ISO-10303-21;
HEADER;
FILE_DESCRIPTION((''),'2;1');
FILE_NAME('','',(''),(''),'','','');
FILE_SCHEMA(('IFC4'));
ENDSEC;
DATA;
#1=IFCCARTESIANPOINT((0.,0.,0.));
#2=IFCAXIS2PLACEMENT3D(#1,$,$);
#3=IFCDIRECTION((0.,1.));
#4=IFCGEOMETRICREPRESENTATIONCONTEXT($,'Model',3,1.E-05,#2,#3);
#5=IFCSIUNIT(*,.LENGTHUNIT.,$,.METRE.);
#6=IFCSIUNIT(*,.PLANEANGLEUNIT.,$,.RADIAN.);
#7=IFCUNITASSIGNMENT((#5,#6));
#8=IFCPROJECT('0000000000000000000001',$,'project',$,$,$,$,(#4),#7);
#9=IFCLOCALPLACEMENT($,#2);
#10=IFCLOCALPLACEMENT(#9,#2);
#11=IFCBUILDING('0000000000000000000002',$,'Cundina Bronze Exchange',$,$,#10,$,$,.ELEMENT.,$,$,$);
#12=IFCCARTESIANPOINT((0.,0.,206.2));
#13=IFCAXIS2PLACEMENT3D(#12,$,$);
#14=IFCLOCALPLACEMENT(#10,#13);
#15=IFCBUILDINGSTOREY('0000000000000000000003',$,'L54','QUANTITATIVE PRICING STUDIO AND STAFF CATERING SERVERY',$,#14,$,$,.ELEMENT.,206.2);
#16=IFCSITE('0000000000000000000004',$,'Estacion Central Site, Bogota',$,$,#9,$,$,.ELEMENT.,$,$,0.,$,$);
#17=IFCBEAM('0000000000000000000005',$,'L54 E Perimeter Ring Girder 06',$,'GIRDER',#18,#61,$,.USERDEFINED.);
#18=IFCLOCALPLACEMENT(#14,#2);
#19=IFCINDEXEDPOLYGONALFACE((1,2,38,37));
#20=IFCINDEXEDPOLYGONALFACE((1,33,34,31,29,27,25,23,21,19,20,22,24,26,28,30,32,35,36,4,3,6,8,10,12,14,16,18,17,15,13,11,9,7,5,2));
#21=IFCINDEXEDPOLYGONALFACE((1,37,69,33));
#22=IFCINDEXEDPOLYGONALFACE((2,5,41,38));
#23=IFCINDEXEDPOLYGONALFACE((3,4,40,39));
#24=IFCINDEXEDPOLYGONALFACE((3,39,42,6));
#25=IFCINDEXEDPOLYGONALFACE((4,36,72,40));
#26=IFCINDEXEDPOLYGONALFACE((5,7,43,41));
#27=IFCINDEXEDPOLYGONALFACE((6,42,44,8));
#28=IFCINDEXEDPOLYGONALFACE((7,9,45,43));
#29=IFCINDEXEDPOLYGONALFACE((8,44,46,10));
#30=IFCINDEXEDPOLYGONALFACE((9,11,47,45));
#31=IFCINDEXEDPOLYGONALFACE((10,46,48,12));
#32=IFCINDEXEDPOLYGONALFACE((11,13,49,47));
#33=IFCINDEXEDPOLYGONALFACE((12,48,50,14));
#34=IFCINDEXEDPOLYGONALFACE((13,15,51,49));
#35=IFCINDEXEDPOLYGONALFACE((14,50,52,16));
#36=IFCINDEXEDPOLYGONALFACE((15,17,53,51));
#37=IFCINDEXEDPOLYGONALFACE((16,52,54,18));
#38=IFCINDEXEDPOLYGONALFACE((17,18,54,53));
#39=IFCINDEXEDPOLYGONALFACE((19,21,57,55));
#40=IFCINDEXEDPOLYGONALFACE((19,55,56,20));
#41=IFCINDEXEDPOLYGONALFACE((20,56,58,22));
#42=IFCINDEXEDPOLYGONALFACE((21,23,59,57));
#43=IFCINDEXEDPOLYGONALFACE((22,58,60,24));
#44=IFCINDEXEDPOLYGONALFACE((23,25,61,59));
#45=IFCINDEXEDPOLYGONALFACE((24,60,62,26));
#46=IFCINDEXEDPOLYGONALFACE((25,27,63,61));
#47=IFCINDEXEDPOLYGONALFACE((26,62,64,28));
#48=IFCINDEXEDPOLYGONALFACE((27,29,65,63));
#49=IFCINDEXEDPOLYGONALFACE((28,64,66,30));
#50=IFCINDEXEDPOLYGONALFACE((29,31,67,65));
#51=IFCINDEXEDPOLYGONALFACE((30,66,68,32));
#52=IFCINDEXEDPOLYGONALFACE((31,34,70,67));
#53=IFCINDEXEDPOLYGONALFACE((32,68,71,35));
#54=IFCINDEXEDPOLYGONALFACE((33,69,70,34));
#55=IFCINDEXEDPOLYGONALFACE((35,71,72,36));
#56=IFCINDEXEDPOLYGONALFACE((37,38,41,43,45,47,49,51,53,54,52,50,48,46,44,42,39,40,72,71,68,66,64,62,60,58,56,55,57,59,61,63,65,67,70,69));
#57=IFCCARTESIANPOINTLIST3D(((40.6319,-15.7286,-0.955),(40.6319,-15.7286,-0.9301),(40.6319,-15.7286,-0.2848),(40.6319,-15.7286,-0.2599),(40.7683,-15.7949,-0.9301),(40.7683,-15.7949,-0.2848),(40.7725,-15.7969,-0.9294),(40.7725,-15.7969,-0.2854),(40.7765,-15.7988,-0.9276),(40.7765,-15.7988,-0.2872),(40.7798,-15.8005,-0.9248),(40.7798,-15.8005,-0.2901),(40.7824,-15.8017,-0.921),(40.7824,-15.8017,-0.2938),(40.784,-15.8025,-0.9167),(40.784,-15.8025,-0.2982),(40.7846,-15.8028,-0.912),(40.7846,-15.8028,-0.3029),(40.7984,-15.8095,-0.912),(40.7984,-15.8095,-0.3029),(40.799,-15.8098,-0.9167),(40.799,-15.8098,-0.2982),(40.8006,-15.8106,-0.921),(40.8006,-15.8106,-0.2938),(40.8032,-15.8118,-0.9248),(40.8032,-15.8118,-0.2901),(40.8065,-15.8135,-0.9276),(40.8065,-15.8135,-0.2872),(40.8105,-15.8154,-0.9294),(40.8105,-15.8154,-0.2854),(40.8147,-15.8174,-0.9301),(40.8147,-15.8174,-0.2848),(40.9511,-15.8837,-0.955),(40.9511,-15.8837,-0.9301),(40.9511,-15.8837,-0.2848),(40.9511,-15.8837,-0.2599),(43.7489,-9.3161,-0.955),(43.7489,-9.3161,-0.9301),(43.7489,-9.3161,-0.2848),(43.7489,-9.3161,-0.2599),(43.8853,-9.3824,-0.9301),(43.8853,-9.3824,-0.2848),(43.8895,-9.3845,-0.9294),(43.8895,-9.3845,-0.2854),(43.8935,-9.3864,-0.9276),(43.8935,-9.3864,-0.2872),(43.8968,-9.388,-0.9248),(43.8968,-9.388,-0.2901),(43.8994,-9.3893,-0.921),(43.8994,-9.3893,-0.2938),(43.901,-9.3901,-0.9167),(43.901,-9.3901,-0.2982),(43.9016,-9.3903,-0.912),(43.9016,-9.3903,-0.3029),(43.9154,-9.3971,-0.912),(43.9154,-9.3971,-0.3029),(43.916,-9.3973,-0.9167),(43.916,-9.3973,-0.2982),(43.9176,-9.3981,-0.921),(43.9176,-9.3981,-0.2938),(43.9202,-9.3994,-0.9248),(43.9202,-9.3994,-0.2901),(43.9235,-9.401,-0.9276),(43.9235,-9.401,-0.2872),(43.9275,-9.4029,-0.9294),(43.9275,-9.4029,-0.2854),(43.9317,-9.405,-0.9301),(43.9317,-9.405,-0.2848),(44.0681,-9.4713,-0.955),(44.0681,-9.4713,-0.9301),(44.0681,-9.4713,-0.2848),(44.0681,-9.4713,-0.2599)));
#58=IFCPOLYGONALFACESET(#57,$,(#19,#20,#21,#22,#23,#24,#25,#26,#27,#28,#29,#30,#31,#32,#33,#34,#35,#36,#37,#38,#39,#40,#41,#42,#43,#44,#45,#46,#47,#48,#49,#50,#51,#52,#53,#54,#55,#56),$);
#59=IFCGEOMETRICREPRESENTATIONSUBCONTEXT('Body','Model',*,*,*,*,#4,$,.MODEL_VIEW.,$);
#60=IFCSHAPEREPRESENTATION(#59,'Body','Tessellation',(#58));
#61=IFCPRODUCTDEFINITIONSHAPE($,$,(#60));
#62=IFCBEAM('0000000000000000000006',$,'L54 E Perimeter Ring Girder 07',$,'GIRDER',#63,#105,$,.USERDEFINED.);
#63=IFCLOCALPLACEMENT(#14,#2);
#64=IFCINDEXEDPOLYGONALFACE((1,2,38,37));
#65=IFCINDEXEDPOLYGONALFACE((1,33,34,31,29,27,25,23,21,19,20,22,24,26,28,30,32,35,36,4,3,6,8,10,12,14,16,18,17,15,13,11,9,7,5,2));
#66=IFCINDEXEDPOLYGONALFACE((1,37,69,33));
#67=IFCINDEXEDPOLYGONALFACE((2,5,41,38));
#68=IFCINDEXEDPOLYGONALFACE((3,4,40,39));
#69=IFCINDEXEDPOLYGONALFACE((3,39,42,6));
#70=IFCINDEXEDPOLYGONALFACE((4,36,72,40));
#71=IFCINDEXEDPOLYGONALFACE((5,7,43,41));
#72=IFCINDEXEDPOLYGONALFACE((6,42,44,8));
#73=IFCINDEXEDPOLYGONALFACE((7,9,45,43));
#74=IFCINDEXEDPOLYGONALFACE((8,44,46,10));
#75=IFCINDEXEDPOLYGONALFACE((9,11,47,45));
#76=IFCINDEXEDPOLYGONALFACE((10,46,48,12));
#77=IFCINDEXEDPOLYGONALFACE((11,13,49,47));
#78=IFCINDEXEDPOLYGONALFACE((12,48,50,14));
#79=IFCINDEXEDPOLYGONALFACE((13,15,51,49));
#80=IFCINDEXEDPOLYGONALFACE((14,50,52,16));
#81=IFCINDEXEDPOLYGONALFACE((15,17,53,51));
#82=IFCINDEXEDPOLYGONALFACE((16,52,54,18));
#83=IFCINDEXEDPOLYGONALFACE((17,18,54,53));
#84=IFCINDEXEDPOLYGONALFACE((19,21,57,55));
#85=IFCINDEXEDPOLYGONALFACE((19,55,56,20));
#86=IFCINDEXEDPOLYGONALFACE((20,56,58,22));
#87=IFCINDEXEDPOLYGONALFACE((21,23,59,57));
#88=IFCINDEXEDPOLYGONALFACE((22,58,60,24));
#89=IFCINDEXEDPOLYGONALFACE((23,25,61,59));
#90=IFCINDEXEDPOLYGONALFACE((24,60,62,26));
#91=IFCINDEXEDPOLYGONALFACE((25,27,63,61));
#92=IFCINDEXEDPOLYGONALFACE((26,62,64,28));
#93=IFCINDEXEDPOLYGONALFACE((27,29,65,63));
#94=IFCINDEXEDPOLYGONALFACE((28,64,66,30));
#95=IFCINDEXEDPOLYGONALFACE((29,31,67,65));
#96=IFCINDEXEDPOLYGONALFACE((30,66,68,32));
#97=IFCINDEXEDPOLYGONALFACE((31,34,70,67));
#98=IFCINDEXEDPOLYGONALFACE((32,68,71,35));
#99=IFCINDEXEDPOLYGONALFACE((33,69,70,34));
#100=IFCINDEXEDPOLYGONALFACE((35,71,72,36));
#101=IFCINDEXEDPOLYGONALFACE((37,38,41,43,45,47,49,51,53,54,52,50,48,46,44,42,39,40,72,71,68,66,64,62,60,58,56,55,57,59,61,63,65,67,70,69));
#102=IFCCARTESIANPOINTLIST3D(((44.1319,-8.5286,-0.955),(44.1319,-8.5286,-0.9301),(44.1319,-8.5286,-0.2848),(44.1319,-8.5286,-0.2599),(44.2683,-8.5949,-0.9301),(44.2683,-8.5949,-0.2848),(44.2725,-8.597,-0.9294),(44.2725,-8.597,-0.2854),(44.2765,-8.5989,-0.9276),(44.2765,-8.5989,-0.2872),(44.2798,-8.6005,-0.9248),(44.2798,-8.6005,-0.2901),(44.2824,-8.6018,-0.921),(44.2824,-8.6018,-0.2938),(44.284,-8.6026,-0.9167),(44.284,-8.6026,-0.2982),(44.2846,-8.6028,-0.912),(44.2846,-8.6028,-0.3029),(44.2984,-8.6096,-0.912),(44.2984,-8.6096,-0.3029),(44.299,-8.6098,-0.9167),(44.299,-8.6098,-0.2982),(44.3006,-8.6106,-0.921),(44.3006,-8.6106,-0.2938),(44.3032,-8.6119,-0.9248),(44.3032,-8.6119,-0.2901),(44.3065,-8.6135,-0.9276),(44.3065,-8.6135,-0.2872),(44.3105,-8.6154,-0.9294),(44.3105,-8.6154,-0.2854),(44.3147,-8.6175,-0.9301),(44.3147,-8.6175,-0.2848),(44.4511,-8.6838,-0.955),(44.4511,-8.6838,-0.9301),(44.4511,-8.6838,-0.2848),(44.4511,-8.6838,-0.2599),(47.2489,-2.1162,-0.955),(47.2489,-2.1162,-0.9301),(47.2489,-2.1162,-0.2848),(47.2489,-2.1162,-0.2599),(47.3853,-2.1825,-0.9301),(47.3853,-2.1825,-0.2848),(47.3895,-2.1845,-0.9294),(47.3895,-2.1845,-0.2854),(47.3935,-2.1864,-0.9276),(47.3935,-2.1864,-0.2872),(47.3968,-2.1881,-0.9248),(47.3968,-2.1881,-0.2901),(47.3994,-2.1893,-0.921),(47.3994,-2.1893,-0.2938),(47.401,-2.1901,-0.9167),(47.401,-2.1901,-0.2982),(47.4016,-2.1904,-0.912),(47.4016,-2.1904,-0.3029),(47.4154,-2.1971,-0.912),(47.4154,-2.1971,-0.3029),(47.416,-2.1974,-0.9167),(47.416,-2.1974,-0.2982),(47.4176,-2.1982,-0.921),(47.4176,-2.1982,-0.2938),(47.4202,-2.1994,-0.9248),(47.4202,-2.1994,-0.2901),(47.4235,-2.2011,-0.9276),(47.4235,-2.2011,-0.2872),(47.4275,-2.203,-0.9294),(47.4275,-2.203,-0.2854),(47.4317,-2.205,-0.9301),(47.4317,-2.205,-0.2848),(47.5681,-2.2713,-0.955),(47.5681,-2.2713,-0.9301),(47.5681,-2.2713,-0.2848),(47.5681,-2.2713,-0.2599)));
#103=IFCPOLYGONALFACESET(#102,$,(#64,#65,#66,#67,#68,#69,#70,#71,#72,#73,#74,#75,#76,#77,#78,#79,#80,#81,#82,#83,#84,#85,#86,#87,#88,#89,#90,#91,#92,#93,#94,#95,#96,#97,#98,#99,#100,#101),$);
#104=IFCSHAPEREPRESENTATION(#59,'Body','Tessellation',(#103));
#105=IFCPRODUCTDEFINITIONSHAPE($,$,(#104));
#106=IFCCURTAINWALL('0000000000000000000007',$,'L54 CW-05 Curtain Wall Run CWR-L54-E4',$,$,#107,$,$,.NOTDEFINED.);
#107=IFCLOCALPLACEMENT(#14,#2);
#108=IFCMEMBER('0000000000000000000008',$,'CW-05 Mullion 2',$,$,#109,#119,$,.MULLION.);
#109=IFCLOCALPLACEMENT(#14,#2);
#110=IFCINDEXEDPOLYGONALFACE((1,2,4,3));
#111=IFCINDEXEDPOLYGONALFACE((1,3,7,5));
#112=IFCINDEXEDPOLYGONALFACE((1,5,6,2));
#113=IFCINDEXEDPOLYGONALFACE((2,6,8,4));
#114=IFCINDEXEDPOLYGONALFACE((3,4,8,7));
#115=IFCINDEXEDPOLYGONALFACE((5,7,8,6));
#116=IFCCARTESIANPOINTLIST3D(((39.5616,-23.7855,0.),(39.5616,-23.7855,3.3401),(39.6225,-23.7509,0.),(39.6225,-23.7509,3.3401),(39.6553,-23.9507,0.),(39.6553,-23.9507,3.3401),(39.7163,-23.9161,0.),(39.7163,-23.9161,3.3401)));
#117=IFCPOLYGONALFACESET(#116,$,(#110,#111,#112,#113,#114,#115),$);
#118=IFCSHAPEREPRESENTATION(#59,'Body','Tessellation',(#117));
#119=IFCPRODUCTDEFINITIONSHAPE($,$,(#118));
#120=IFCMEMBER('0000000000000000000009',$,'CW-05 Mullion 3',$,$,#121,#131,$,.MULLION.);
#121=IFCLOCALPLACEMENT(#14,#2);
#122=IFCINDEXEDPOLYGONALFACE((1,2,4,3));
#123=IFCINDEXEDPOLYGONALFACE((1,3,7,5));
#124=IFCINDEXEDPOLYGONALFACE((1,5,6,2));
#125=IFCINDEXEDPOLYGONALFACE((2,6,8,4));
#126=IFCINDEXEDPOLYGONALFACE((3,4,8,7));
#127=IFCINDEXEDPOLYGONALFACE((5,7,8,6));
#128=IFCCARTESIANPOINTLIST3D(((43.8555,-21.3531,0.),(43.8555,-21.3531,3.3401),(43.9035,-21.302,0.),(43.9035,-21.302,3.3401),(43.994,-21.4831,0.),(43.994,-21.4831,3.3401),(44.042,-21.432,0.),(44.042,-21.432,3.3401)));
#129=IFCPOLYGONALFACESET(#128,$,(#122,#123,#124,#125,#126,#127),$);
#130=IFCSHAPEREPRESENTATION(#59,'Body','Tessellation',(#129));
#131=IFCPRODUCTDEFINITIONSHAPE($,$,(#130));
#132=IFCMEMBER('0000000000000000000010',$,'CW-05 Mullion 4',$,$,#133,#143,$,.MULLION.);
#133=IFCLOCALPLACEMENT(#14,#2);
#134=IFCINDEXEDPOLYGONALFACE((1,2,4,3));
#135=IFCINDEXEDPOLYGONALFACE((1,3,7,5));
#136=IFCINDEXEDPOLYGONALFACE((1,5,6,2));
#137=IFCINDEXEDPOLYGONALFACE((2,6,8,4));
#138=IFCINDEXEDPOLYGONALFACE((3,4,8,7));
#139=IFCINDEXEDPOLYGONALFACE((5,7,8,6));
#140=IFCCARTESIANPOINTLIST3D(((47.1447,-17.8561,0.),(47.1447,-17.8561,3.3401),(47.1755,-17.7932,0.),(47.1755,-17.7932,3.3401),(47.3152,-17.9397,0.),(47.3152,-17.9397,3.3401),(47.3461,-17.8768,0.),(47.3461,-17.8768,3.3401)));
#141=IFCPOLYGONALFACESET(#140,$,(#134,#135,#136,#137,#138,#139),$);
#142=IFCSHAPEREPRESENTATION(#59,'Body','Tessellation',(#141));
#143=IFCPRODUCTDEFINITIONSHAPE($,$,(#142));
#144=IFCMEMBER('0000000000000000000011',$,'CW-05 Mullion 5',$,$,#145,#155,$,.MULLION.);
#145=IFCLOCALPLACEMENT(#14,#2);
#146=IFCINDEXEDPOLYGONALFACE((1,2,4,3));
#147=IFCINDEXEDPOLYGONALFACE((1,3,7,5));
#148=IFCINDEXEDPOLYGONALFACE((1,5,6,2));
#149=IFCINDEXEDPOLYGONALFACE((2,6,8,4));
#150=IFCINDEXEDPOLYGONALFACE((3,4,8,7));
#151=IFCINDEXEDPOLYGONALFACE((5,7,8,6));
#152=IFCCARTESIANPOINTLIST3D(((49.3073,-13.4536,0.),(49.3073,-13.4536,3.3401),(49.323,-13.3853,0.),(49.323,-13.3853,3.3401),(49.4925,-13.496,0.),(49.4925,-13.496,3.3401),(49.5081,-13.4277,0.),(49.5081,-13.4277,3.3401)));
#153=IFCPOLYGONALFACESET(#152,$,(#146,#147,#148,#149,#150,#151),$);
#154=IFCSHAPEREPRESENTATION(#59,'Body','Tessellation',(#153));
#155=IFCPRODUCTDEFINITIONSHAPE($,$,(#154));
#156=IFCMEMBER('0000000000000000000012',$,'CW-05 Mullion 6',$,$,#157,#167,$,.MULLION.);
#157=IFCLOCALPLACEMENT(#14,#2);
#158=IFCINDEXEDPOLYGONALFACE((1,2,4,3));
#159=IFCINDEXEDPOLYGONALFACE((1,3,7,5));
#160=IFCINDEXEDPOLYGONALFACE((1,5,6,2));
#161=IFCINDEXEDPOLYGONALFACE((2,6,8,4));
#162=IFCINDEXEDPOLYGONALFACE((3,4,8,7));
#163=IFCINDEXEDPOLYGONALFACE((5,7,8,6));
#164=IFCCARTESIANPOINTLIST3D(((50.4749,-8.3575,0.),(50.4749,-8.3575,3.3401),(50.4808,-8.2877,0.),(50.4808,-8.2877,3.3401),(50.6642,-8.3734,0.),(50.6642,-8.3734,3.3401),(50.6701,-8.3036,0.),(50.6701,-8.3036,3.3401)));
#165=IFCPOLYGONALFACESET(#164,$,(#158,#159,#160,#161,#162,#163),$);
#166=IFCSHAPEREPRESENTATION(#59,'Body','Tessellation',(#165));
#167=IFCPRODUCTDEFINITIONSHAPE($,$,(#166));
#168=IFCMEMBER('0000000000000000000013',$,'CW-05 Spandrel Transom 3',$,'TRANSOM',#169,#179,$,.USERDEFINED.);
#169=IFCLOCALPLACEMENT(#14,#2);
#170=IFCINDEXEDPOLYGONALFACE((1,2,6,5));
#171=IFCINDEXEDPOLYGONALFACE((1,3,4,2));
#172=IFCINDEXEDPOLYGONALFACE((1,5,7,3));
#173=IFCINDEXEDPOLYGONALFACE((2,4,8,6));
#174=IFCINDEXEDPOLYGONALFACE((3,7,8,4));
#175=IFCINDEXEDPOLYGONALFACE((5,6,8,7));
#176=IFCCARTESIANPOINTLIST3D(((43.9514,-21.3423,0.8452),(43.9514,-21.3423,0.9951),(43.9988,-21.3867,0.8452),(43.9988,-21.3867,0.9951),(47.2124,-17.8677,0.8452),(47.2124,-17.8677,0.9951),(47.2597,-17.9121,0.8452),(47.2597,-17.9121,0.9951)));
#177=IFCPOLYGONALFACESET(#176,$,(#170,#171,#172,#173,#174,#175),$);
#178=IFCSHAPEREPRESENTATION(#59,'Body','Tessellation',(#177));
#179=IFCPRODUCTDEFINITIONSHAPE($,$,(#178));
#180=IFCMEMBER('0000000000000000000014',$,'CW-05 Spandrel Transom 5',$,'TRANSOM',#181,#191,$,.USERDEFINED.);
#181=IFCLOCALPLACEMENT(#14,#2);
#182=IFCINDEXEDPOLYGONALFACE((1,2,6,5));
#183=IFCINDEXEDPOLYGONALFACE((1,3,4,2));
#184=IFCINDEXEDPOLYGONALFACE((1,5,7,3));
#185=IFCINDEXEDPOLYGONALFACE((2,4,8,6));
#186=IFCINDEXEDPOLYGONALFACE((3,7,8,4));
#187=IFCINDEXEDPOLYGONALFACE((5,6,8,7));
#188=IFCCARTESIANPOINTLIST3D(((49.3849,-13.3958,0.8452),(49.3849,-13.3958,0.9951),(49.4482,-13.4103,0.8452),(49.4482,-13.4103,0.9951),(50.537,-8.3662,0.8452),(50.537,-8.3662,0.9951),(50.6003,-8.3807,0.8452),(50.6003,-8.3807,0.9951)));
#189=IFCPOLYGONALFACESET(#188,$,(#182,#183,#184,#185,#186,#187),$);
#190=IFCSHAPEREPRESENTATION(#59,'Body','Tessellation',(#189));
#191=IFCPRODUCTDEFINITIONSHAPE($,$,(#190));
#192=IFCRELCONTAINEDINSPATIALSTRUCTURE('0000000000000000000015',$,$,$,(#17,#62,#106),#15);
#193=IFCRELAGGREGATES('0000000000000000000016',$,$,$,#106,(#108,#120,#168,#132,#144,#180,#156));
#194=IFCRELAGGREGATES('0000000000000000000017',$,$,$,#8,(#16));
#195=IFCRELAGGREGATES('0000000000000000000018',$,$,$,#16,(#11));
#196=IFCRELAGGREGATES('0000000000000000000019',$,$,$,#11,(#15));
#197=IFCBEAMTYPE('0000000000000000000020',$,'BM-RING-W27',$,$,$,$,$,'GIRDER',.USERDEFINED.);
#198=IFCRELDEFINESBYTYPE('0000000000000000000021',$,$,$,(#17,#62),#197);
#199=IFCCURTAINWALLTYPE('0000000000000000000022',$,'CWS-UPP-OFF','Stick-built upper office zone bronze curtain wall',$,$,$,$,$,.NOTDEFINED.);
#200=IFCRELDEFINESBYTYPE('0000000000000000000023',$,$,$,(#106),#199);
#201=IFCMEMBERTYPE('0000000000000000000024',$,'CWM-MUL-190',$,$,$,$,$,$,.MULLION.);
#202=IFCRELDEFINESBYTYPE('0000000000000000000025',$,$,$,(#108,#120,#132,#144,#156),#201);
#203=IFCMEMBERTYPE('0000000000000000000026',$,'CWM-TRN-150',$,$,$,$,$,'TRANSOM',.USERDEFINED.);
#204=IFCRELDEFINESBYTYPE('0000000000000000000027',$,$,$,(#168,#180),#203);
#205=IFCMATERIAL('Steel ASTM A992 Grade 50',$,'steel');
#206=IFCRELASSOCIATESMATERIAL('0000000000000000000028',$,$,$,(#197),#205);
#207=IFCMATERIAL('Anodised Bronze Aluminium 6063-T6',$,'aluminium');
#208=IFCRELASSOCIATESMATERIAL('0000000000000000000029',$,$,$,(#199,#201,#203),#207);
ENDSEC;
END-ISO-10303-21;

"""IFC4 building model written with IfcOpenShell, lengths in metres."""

from ifc_helpers import new_model, si_unit, direction, frame, origin, origin_2d, place, context, subcontext, project, spatial, rectangle, i_section, extrude, material, material_profile, profile_set, type_object, element, aggregate, save


model = new_model("IFC4")

# Units and contexts
model_context = context("Model", 3, precision=1e-05, world=origin(), true_north=direction((0.0, 1.0)))
body_context = subcontext(model_context, "Body", "Model", "MODEL_VIEW")
ifc_project = project(units=[si_unit("LENGTHUNIT", "METRE"), si_unit("PLANEANGLEUNIT", "RADIAN")], contexts=[model_context])

# Site, building, storey
site_placement = place(None, origin())
site = spatial("IfcSite", under=ifc_project, at=site_placement, Name="Estacion Central Site, Bogota", CompositionType="ELEMENT", RefElevation=0.0)
building_placement = place(site_placement, origin())
building = spatial("IfcBuilding", under=site, at=building_placement, Name="Cundina Bronze Exchange", CompositionType="ELEMENT")
storey_placement = place(building_placement, frame((0.0, 0.0, 206.2)))
storey = spatial("IfcBuildingStorey", under=building, at=storey_placement, Name="L54", Description="QUANTITATIVE PRICING STUDIO AND STAFF CATERING SERVERY", CompositionType="ELEMENT", Elevation=206.2)

# Beams
ifc_material_1 = material(Name="Steel ASTM A992 Grade 50", Category="steel")
ifc_material_profile_1 = material_profile(ifc_material_1, i_section(OverallWidth=0.355, OverallDepth=0.6951, WebThickness=0.0154, FlangeThickness=0.0249, FilletRadius=0.0181, at=origin_2d()), Name="W27X146", Category="steel")
ifc_profile_set_1 = profile_set([ifc_material_profile_1], Name="Steel ASTM A992 Grade 50")
beam_type_1 = type_object("IfcBeamType", Name="BM-RING-W27", ElementType="GIRDER", PredefinedType="USERDEFINED", material=ifc_profile_set_1)
for number, where, z_axis, x_axis, name in (
    (1, (40.7915, -15.8062, -0.6074), (0.437173, 0.899377, 0.0), (-0.899377, 0.437173, 0.0), "L54 E Perimeter Ring Girder 06"),
    (2, (44.2915, -8.6062, -0.6074), (0.437173, 0.899377, 0.0), (-0.899377, 0.437173, 0.0), "L54 E Perimeter Ring Girder 07"),
):
    element("IfcBeam", number, at=place(storey_placement, frame(where, z_axis=z_axis, x_axis=x_axis)), inside=storey, type_object=beam_type_1, Name=name, ObjectType="GIRDER", PredefinedType="USERDEFINED", context=body_context, shape_type="SweptSolid", body=[
        extrude(i_section(OverallWidth=0.355, OverallDepth=0.6951, WebThickness=0.0154, FlangeThickness=0.0249, FilletRadius=0.0181, at=origin_2d()), origin(), (0.0, 0.0, 1.0), 7.1299),
    ])

# Curtain wall, members
ifc_material_2 = material(Name="Anodised Bronze Aluminium 6063-T6", Category="aluminium")
curtain_wall_type = type_object("IfcCurtainWallType", Name="CWS-UPP-OFF", Description="Stick-built upper office zone bronze curtain wall", PredefinedType="NOTDEFINED", material=ifc_material_2)
curtain_wall_placement = place(storey_placement, origin())
curtain_wall = element("IfcCurtainWall", 3, at=curtain_wall_placement, inside=storey, type_object=curtain_wall_type, Name="L54 CW-05 Curtain Wall Run CWR-L54-E4", PredefinedType="NOTDEFINED")
ifc_material_profile_2 = material_profile(ifc_material_2, rectangle(XDim=0.0701, YDim=0.1899, at=origin_2d()), Name="AL70X190", Category="aluminium")
ifc_profile_set_2 = profile_set([ifc_material_profile_2], Name="Anodised Bronze Aluminium 6063-T6")
member_type_1 = type_object("IfcMemberType", Name="CWM-MUL-190", PredefinedType="MULLION", material=ifc_profile_set_2)
member_1_placement = place(storey_placement, frame((39.6389, -23.8508, 0.0), z_axis=(0.0, 0.0, 1.0), x_axis=(0.869581, 0.49379, 0.0)))
member_1 = element("IfcMember", 4, at=member_1_placement, type_object=member_type_1, Name="CW-05 Mullion 2", PredefinedType="MULLION", context=body_context, shape_type="SweptSolid", body=[
    extrude(rectangle(XDim=0.0701, YDim=0.1899, at=origin_2d()), origin(), (0.0, 0.0, 1.0), 3.3401),
])
member_2_placement = place(storey_placement, frame((43.9487, -21.3926, 0.0), z_axis=(0.0, 0.0, 1.0), x_axis=(0.684293, 0.729208, 0.0)))
member_2 = element("IfcMember", 5, at=member_2_placement, type_object=member_type_1, Name="CW-05 Mullion 3", PredefinedType="MULLION", context=body_context, shape_type="SweptSolid", body=[
    extrude(rectangle(XDim=0.0701, YDim=0.1899, at=origin_2d()), origin(), (0.0, 0.0, 1.0), 3.3401),
])
member_3_placement = place(storey_placement, frame((47.2454, -17.8665, 0.0), z_axis=(0.0, 0.0, 1.0), x_axis=(0.440566, 0.89772, 0.0)))
member_3 = element("IfcMember", 6, at=member_3_placement, type_object=member_type_1, Name="CW-05 Mullion 4", PredefinedType="MULLION", context=body_context, shape_type="SweptSolid", body=[
    extrude(rectangle(XDim=0.0701, YDim=0.1899, at=origin_2d()), origin(), (0.0, 0.0, 1.0), 3.3401),
])
member_4_placement = place(storey_placement, frame((49.4077, -13.4407, 0.0), z_axis=(0.0, 0.0, 1.0), x_axis=(0.22325, 0.974761, 0.0)))
member_4 = element("IfcMember", 7, at=member_4_placement, type_object=member_type_1, Name="CW-05 Mullion 5", PredefinedType="MULLION", context=body_context, shape_type="SweptSolid", body=[
    extrude(rectangle(XDim=0.0701, YDim=0.1899, at=origin_2d()), origin(), (0.0, 0.0, 1.0), 3.3401),
])
member_5_placement = place(storey_placement, frame((50.5725, -8.3306, 0.0), z_axis=(0.0, 0.0, 1.0), x_axis=(0.083678, 0.996493, 0.0)))
member_5 = element("IfcMember", 8, at=member_5_placement, type_object=member_type_1, Name="CW-05 Mullion 6", PredefinedType="MULLION", context=body_context, shape_type="SweptSolid", body=[
    extrude(rectangle(XDim=0.0701, YDim=0.1899, at=origin_2d()), origin(), (0.0, 0.0, 1.0), 3.3401),
])
ifc_material_profile_3 = material_profile(ifc_material_2, rectangle(XDim=0.0649, YDim=0.1499, at=origin_2d()), Name="AL65X150", Category="aluminium")
ifc_profile_set_3 = profile_set([ifc_material_profile_3], Name="Anodised Bronze Aluminium 6063-T6")
member_type_2 = type_object("IfcMemberType", Name="CWM-TRN-150", ElementType="TRANSOM", PredefinedType="USERDEFINED", material=ifc_profile_set_3)
member_6_placement = place(storey_placement, frame((43.9751, -21.3645, 0.9202), z_axis=(0.684336, 0.729166, 0.0), x_axis=(-0.729166, 0.684336, 0.0)))
member_6 = element("IfcMember", 9, at=member_6_placement, type_object=member_type_2, Name="CW-05 Spandrel Transom 3", ObjectType="TRANSOM", PredefinedType="USERDEFINED", context=body_context, shape_type="SweptSolid", body=[
    extrude(rectangle(XDim=0.0649, YDim=0.1499, at=origin_2d()), origin(), (0.0, 0.0, 1.0), 4.7651),
])
member_7_placement = place(storey_placement, frame((49.4165, -13.4031, 0.9202), z_axis=(0.223283, 0.974754, 0.0), x_axis=(-0.974754, 0.223283, 0.0)))
member_7 = element("IfcMember", 10, at=member_7_placement, type_object=member_type_2, Name="CW-05 Spandrel Transom 5", ObjectType="TRANSOM", PredefinedType="USERDEFINED", context=body_context, shape_type="SweptSolid", body=[
    extrude(rectangle(XDim=0.0649, YDim=0.1499, at=origin_2d()), origin(), (0.0, 0.0, 1.0), 5.1599),
])
aggregate(curtain_wall, [member_1, member_2, member_6, member_3, member_4, member_7, member_5])

save(model, "model.ifc")
